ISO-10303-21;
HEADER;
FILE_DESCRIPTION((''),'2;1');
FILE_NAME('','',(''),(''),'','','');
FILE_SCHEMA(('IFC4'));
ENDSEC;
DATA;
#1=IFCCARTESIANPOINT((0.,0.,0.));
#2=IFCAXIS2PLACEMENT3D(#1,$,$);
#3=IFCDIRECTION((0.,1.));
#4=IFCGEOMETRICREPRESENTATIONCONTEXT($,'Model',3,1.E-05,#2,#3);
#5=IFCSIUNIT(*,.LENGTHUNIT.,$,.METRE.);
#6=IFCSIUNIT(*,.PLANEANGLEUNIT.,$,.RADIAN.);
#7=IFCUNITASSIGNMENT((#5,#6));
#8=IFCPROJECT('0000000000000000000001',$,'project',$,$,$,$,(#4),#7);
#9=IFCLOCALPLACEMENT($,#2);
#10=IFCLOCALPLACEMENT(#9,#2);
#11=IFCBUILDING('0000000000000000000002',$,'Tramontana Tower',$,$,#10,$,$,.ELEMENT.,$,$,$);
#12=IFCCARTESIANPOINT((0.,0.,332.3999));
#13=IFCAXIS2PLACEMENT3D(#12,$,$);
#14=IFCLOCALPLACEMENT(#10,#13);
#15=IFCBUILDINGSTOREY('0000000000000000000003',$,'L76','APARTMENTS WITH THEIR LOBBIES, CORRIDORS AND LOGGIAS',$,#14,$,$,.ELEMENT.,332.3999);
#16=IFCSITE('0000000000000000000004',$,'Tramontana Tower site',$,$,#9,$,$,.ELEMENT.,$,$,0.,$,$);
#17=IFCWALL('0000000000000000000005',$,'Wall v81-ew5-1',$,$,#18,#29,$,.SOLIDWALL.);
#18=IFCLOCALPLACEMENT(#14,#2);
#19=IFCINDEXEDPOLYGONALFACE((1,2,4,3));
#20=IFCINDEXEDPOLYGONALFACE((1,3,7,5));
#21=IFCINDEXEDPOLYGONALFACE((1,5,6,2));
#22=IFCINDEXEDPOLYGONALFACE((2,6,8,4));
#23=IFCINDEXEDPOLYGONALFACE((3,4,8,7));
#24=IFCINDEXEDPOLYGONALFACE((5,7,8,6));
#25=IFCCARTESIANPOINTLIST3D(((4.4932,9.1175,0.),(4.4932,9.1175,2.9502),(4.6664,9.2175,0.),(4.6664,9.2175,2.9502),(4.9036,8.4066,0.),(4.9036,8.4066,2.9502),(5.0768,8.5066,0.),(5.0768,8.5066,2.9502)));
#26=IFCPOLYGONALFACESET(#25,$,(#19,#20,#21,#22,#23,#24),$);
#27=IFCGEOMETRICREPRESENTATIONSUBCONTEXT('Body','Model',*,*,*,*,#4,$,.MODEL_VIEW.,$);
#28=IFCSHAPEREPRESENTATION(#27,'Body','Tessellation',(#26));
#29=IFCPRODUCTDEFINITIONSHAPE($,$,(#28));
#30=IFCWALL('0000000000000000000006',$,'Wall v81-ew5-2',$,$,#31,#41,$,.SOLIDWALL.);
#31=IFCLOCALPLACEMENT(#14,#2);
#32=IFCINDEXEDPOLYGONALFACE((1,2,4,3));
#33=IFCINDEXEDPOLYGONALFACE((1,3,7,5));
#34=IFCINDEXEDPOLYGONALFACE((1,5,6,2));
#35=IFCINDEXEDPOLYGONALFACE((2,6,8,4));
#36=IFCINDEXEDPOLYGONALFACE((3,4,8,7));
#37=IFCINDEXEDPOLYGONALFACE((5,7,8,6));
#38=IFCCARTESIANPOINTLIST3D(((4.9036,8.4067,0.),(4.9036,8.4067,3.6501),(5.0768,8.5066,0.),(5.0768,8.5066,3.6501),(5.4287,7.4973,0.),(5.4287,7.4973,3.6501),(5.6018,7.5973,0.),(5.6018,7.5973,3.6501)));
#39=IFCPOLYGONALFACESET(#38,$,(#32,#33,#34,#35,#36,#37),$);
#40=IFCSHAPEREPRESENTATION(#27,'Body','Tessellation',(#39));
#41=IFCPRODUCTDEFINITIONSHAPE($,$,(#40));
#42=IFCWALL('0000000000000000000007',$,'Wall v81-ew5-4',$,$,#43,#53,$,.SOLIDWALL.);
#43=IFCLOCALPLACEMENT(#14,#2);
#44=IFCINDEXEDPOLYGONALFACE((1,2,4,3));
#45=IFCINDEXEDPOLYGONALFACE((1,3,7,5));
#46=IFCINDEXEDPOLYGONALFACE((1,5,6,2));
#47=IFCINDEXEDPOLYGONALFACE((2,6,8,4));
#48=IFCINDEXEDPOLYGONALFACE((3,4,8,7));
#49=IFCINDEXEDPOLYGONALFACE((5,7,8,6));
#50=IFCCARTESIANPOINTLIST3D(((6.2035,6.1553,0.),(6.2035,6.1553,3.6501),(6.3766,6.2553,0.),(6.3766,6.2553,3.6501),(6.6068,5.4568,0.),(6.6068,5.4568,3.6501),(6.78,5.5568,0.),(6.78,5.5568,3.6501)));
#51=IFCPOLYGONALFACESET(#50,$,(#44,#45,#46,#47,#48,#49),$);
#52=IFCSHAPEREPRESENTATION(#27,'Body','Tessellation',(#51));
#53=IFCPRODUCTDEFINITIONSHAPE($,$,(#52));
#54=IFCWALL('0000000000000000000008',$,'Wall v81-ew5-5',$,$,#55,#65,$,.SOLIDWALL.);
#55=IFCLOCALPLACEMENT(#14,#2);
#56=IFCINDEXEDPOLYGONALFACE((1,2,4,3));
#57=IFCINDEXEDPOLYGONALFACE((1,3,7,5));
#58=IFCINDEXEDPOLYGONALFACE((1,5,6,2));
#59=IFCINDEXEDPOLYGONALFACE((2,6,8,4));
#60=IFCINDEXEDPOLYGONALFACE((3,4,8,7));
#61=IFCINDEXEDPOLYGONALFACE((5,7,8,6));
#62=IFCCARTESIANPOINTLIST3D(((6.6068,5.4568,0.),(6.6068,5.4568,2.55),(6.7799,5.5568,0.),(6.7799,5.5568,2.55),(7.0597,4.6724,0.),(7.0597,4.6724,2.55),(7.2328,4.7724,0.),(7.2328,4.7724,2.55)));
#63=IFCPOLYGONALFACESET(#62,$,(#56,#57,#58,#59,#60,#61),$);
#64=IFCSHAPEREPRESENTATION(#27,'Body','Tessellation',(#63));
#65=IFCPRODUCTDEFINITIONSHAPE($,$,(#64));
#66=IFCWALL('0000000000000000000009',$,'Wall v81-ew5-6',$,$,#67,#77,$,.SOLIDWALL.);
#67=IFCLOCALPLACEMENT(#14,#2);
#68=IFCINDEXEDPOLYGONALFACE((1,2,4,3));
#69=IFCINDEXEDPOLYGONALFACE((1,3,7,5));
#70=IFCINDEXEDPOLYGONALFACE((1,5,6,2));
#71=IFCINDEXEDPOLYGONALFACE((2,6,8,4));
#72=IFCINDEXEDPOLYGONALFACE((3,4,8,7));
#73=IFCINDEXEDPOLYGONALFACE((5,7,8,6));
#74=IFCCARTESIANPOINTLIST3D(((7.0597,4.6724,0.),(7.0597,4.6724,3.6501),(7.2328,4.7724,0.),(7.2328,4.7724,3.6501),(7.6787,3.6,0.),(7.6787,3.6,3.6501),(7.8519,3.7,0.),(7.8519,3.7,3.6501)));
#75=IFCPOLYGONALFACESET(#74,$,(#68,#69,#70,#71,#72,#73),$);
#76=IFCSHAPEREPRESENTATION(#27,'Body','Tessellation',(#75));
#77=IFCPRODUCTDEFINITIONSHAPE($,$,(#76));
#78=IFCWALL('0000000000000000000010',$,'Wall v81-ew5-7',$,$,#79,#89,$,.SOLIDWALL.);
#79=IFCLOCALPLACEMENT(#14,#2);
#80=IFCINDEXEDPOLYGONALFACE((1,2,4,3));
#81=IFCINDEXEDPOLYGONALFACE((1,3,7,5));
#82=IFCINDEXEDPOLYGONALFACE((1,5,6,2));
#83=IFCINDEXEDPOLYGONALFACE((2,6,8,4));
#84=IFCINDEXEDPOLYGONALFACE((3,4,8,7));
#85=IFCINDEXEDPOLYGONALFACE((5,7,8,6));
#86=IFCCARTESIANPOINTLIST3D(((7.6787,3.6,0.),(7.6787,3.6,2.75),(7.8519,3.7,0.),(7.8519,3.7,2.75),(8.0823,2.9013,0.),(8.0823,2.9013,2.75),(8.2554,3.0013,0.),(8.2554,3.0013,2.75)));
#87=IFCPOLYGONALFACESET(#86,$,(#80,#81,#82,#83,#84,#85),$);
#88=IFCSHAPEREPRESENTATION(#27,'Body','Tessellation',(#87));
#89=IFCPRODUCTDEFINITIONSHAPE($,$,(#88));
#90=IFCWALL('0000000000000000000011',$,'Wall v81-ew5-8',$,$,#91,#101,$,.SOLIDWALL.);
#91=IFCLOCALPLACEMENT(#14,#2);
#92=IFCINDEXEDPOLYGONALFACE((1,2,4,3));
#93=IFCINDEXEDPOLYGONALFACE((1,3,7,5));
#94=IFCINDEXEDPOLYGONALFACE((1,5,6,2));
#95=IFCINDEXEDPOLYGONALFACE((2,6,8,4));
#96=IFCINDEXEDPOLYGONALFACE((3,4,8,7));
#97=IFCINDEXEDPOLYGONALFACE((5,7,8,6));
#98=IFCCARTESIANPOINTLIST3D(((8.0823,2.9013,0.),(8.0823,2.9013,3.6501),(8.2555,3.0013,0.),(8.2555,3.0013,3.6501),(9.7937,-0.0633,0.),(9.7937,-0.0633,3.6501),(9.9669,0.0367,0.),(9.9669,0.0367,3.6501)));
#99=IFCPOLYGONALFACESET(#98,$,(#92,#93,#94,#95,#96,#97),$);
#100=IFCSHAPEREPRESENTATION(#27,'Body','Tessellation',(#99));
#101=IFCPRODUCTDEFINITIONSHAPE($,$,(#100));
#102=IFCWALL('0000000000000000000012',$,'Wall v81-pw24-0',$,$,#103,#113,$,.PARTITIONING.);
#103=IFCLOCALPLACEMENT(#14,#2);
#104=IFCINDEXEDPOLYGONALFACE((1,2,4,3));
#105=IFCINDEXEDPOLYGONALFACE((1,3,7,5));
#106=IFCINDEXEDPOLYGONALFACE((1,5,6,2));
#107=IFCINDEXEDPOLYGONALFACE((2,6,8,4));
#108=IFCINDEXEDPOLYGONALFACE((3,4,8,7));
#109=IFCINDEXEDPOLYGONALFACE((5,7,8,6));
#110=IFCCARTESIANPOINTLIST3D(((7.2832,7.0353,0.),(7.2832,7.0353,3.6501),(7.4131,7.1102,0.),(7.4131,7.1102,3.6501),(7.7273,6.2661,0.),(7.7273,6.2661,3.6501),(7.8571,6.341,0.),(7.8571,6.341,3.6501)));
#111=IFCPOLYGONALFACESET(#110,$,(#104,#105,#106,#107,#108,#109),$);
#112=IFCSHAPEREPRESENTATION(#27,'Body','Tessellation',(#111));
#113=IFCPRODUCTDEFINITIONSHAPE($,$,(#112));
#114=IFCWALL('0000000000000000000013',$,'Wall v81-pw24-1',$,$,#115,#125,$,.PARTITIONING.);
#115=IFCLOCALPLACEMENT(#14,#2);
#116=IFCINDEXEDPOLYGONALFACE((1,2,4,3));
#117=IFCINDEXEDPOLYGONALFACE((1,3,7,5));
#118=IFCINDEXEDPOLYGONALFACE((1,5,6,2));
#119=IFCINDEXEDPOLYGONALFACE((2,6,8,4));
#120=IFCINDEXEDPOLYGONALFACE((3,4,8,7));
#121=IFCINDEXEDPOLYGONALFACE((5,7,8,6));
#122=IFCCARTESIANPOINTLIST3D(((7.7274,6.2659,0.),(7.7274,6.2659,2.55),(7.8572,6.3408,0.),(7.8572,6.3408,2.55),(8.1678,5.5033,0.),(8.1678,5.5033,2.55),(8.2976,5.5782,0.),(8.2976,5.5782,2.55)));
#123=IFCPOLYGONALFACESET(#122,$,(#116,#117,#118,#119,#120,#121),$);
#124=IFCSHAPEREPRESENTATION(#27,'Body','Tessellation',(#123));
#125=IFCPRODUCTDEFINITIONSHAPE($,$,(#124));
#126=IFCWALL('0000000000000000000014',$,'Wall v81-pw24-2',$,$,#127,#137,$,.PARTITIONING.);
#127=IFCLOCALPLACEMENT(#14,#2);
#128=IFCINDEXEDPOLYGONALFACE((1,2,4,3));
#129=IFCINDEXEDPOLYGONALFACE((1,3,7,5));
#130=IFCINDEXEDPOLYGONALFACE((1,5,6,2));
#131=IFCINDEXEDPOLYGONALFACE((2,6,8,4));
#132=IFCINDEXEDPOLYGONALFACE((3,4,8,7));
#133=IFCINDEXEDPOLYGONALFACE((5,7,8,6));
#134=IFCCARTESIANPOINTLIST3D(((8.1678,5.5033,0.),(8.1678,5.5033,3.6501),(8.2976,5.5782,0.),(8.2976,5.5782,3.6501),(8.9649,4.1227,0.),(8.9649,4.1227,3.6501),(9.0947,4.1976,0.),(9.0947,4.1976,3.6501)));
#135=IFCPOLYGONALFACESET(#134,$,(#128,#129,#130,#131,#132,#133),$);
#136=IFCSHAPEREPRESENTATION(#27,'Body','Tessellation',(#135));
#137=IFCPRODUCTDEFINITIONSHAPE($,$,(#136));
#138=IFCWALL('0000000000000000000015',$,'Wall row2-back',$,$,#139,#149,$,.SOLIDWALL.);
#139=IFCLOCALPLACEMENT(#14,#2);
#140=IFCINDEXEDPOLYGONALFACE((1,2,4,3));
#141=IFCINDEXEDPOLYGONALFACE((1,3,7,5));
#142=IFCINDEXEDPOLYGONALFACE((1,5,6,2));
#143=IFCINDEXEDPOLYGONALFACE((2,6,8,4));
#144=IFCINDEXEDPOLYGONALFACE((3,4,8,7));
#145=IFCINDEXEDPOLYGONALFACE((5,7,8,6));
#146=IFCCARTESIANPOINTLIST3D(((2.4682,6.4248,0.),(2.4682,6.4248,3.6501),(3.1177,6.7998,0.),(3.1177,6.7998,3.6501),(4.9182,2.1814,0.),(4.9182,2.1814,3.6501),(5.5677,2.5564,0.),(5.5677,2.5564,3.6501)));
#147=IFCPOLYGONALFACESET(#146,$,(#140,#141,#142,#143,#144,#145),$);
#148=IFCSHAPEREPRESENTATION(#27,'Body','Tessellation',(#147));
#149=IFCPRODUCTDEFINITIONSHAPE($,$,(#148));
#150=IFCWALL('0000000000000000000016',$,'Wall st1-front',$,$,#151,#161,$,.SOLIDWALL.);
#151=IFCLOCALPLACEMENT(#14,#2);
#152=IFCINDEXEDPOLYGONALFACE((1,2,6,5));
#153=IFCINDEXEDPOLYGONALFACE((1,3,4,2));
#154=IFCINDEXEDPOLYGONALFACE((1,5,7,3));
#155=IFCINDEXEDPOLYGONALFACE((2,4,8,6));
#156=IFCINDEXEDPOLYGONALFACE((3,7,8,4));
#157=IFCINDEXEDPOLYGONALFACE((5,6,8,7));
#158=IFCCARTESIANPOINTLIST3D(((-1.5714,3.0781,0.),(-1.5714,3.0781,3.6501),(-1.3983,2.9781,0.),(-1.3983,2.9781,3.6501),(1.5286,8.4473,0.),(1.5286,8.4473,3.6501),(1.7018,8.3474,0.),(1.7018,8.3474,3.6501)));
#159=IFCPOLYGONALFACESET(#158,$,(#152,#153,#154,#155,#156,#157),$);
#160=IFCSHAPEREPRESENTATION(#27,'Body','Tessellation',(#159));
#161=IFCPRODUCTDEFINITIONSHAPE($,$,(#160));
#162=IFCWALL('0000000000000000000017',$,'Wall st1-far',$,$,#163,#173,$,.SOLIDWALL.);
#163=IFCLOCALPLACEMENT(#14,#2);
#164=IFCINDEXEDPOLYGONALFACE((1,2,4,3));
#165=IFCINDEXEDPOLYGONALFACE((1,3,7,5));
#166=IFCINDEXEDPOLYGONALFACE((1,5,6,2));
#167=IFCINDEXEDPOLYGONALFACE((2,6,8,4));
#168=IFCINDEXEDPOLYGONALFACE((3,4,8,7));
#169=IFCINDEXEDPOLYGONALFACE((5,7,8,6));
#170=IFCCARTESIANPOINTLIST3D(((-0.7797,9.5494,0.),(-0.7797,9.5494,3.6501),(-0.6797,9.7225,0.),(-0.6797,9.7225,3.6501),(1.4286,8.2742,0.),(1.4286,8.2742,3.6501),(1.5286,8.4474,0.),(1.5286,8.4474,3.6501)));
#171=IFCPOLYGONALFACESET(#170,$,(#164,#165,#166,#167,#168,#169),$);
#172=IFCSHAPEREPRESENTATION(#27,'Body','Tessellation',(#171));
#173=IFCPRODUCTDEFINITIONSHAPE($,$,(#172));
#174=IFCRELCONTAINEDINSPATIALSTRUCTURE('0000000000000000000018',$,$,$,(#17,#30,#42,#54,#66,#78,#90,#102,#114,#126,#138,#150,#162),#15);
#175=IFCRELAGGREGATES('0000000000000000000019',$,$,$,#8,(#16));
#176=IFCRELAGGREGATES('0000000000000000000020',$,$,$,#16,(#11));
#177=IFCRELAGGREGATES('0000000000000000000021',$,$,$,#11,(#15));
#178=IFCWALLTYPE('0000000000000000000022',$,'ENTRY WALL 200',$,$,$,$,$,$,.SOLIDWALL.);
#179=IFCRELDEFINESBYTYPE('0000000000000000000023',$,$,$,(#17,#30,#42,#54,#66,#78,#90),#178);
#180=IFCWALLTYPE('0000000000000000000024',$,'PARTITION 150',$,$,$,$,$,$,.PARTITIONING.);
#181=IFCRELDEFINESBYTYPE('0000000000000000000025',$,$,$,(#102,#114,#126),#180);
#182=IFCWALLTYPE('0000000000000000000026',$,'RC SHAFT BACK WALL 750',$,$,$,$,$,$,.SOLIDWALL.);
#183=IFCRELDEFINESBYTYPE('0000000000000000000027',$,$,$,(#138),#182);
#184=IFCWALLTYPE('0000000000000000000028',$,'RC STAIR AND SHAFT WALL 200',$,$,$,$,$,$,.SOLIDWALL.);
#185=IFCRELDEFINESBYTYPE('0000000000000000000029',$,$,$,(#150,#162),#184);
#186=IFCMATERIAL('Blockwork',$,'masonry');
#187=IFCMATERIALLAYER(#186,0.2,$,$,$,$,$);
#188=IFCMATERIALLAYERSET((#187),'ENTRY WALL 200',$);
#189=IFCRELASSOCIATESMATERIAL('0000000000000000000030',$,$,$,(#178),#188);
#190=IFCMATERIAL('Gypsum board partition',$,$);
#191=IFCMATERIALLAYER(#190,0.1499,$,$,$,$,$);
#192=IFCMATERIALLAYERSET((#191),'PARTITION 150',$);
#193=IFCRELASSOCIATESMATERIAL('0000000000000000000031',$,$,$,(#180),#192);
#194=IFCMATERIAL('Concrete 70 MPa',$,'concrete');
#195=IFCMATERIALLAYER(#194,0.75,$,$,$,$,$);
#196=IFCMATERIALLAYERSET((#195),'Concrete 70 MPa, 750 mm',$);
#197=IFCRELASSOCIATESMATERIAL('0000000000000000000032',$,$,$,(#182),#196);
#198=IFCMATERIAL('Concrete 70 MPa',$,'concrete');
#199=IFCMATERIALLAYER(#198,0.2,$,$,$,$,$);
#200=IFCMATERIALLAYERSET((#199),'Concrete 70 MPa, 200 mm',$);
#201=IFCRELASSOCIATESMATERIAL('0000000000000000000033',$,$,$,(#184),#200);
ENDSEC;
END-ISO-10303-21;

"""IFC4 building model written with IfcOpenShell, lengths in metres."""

from ifc_helpers import new_model, si_unit, direction, frame, frame_2d, origin, place, context, subcontext, project, spatial, rectangle, extrude, material, layer, layer_set, type_object, element, save


model = new_model("IFC4")

# Units and contexts
model_context = context("Model", 3, precision=1e-05, world=origin(), true_north=direction((0.0, 1.0)))
body_context = subcontext(model_context, "Body", "Model", "MODEL_VIEW")
ifc_project = project(units=[si_unit("LENGTHUNIT", "METRE"), si_unit("PLANEANGLEUNIT", "RADIAN")], contexts=[model_context])

# Site, building, storey
site_placement = place(None, origin())
site = spatial("IfcSite", under=ifc_project, at=site_placement, Name="Tramontana Tower site", CompositionType="ELEMENT", RefElevation=0.0)
building_placement = place(site_placement, origin())
building = spatial("IfcBuilding", under=site, at=building_placement, Name="Tramontana Tower", CompositionType="ELEMENT")
storey_placement = place(building_placement, frame((0.0, 0.0, 332.3999)))
storey = spatial("IfcBuildingStorey", under=building, at=storey_placement, Name="L76", Description="APARTMENTS WITH THEIR LOBBIES, CORRIDORS AND LOGGIAS", CompositionType="ELEMENT", Elevation=332.3999)

# Walls
ifc_material_1 = material(Name="Blockwork", Category="masonry")
ifc_layer_1 = layer(ifc_material_1, 0.2)
ifc_layer_set_1 = layer_set([ifc_layer_1], Name="ENTRY WALL 200")
wall_type_1 = type_object("IfcWallType", Name="ENTRY WALL 200", PredefinedType="SOLIDWALL", material=ifc_layer_set_1)
wall_1_placement = place(storey_placement, frame((4.5798, 9.1675, 0.0), z_axis=(0.0, 0.0, 1.0), x_axis=(0.499946, -0.866057, 0.0)))
element("IfcWall", 1, at=wall_1_placement, inside=storey, type_object=wall_type_1, Name="Wall v81-ew5-1", PredefinedType="SOLIDWALL", context=body_context, shape_type="SweptSolid", body=[
    extrude(rectangle(XDim=0.8208, YDim=0.2, at=frame_2d((0.4104, 0.0))), origin(), (0.0, 0.0, 1.0), 2.9502),
])
wall_2_placement = place(storey_placement, frame((4.9902, 8.4565, 0.0), z_axis=(0.0, 0.0, 1.0), x_axis=(0.500065, -0.865988, 0.0)))
element("IfcWall", 2, at=wall_2_placement, inside=storey, type_object=wall_type_1, Name="Wall v81-ew5-2", PredefinedType="SOLIDWALL", context=body_context, shape_type="SweptSolid", body=[
    extrude(rectangle(XDim=1.05, YDim=0.2, at=frame_2d((0.5249, 0.0))), origin(), (0.0, 0.0, 1.0), 3.6501),
])

# Walls
wall_3_placement = place(storey_placement, frame((6.29, 6.2053, 0.0), z_axis=(0.0, 0.0, 1.0), x_axis=(0.500046, -0.865999, 0.0)))
element("IfcWall", 3, at=wall_3_placement, inside=storey, type_object=wall_type_1, Name="Wall v81-ew5-4", PredefinedType="SOLIDWALL", context=body_context, shape_type="SweptSolid", body=[
    extrude(rectangle(XDim=0.8066, YDim=0.2, at=frame_2d((0.4033, 0.0))), origin(), (0.0, 0.0, 1.0), 3.6501),
])
wall_4_placement = place(storey_placement, frame((6.6934, 5.5068, 0.0), z_axis=(0.0, 0.0, 1.0), x_axis=(0.499995, -0.866028, 0.0)))
element("IfcWall", 4, at=wall_4_placement, inside=storey, type_object=wall_type_1, Name="Wall v81-ew5-5", PredefinedType="SOLIDWALL", context=body_context, shape_type="SweptSolid", body=[
    extrude(rectangle(XDim=0.9058, YDim=0.2, at=frame_2d((0.4529, 0.0))), origin(), (0.0, 0.0, 1.0), 2.55),
])
wall_5_placement = place(storey_placement, frame((7.1462, 4.7224, 0.0), z_axis=(0.0, 0.0, 1.0), x_axis=(0.499956, -0.866051, 0.0)))
element("IfcWall", 5, at=wall_5_placement, inside=storey, type_object=wall_type_1, Name="Wall v81-ew5-6", PredefinedType="SOLIDWALL", context=body_context, shape_type="SweptSolid", body=[
    extrude(rectangle(XDim=1.2383, YDim=0.2, at=frame_2d((0.6191, 0.0))), origin(), (0.0, 0.0, 1.0), 3.6501),
])
wall_6_placement = place(storey_placement, frame((7.7654, 3.6499, 0.0), z_axis=(0.0, 0.0, 1.0), x_axis=(0.500141, -0.865944, 0.0)))
element("IfcWall", 6, at=wall_6_placement, inside=storey, type_object=wall_type_1, Name="Wall v81-ew5-7", PredefinedType="SOLIDWALL", context=body_context, shape_type="SweptSolid", body=[
    extrude(rectangle(XDim=0.8069, YDim=0.2, at=frame_2d((0.4033, 0.0))), origin(), (0.0, 0.0, 1.0), 2.75),
])
wall_7_placement = place(storey_placement, frame((8.1689, 2.9512, 0.0), z_axis=(0.0, 0.0, 1.0), x_axis=(0.499959, -0.866049, 0.0)))
element("IfcWall", 7, at=wall_7_placement, inside=storey, type_object=wall_type_1, Name="Wall v81-ew5-8", PredefinedType="SOLIDWALL", context=body_context, shape_type="SweptSolid", body=[
    extrude(rectangle(XDim=3.4231, YDim=0.2, at=frame_2d((1.7114, 0.0))), origin(), (0.0, 0.0, 1.0), 3.6501),
])

# Shared definitions
ifc_material_2 = material(Name="Gypsum board partition")
ifc_layer_2 = layer(ifc_material_2, 0.1499)
ifc_layer_set_2 = layer_set([ifc_layer_2], Name="PARTITION 150")
wall_type_2 = type_object("IfcWallType", Name="PARTITION 150", PredefinedType="PARTITIONING", material=ifc_layer_set_2)

# Walls
wall_8_placement = place(storey_placement, frame((7.3481, 7.0728, 0.0), z_axis=(0.0, 0.0, 1.0), x_axis=(0.499952, -0.866053, 0.0)))
element("IfcWall", 8, at=wall_8_placement, inside=storey, type_object=wall_type_2, Name="Wall v81-pw24-0", PredefinedType="PARTITIONING", context=body_context, shape_type="SweptSolid", body=[
    extrude(rectangle(XDim=0.8882, YDim=0.1499, at=frame_2d((0.4441, 0.0))), origin(), (0.0, 0.0, 1.0), 3.6501),
])
wall_9_placement = place(storey_placement, frame((7.7922, 6.3035, 0.0), z_axis=(0.0, 0.0, 1.0), x_axis=(0.500074, -0.865982, 0.0)))
element("IfcWall", 9, at=wall_9_placement, inside=storey, type_object=wall_type_2, Name="Wall v81-pw24-1", PredefinedType="PARTITIONING", context=body_context, shape_type="SweptSolid", body=[
    extrude(rectangle(XDim=0.8806, YDim=0.1499, at=frame_2d((0.4404, 0.0))), origin(), (0.0, 0.0, 1.0), 2.55),
])
wall_10_placement = place(storey_placement, frame((8.2327, 5.5408, 0.0), z_axis=(0.0, 0.0, 1.0), x_axis=(0.50001, -0.86602, 0.0)))
element("IfcWall", 10, at=wall_10_placement, inside=storey, type_object=wall_type_2, Name="Wall v81-pw24-2", PredefinedType="PARTITIONING", context=body_context, shape_type="SweptSolid", body=[
    extrude(rectangle(XDim=1.5942, YDim=0.1499, at=frame_2d((0.7971, 0.0))), origin(), (0.0, 0.0, 1.0), 3.6501),
])

# Walls
ifc_material_3 = material(Name="Concrete 70 MPa", Category="concrete")
ifc_layer_3 = layer(ifc_material_3, 0.75)
ifc_layer_set_3 = layer_set([ifc_layer_3], Name="Concrete 70 MPa, 750 mm")
wall_type_3 = type_object("IfcWallType", Name="RC SHAFT BACK WALL 750", PredefinedType="SOLIDWALL", material=ifc_layer_set_3)
wall_11_placement = place(storey_placement, frame((5.2429, 2.3689, 0.0), z_axis=(0.0, 0.0, 1.0), x_axis=(-0.500003, 0.866024, 0.0)))
element("IfcWall", 11, at=wall_11_placement, inside=storey, type_object=wall_type_3, Name="Wall row2-back", PredefinedType="SOLIDWALL", context=body_context, shape_type="SweptSolid", body=[
    extrude(rectangle(XDim=4.8999, YDim=0.75, at=frame_2d((2.45, 0.0))), origin(), (0.0, 0.0, 1.0), 3.6501),
])
ifc_material_4 = material(Name="Concrete 70 MPa", Category="concrete")
ifc_layer_4 = layer(ifc_material_4, 0.2)
ifc_layer_set_4 = layer_set([ifc_layer_4], Name="Concrete 70 MPa, 200 mm")
wall_type_4 = type_object("IfcWallType", Name="RC STAIR AND SHAFT WALL 200", PredefinedType="SOLIDWALL", material=ifc_layer_set_4)
wall_12_placement = place(storey_placement, frame((1.6152, 8.3975, 0.0), z_axis=(0.0, 0.0, 1.0), x_axis=(-0.50001, -0.86602, 0.0)))
element("IfcWall", 12, at=wall_12_placement, inside=storey, type_object=wall_type_4, Name="Wall st1-front", PredefinedType="SOLIDWALL", context=body_context, shape_type="SweptSolid", body=[
    extrude(rectangle(XDim=6.2, YDim=0.2, at=frame_2d((3.1001, 0.0))), origin(), (0.0, 0.0, 1.0), 3.6501),
])
wall_13_placement = place(storey_placement, frame((1.4785, 8.3608, 0.0), z_axis=(0.0, 0.0, 1.0), x_axis=(-0.865989, 0.500062, 0.0)))
element("IfcWall", 13, at=wall_13_placement, inside=storey, type_object=wall_type_4, Name="Wall st1-far", PredefinedType="SOLIDWALL", context=body_context, shape_type="SweptSolid", body=[
    extrude(rectangle(XDim=2.55, YDim=0.2, at=frame_2d((1.2749, 0.0))), origin(), (0.0, 0.0, 1.0), 3.6501),
])

save(model, "model.ifc")
